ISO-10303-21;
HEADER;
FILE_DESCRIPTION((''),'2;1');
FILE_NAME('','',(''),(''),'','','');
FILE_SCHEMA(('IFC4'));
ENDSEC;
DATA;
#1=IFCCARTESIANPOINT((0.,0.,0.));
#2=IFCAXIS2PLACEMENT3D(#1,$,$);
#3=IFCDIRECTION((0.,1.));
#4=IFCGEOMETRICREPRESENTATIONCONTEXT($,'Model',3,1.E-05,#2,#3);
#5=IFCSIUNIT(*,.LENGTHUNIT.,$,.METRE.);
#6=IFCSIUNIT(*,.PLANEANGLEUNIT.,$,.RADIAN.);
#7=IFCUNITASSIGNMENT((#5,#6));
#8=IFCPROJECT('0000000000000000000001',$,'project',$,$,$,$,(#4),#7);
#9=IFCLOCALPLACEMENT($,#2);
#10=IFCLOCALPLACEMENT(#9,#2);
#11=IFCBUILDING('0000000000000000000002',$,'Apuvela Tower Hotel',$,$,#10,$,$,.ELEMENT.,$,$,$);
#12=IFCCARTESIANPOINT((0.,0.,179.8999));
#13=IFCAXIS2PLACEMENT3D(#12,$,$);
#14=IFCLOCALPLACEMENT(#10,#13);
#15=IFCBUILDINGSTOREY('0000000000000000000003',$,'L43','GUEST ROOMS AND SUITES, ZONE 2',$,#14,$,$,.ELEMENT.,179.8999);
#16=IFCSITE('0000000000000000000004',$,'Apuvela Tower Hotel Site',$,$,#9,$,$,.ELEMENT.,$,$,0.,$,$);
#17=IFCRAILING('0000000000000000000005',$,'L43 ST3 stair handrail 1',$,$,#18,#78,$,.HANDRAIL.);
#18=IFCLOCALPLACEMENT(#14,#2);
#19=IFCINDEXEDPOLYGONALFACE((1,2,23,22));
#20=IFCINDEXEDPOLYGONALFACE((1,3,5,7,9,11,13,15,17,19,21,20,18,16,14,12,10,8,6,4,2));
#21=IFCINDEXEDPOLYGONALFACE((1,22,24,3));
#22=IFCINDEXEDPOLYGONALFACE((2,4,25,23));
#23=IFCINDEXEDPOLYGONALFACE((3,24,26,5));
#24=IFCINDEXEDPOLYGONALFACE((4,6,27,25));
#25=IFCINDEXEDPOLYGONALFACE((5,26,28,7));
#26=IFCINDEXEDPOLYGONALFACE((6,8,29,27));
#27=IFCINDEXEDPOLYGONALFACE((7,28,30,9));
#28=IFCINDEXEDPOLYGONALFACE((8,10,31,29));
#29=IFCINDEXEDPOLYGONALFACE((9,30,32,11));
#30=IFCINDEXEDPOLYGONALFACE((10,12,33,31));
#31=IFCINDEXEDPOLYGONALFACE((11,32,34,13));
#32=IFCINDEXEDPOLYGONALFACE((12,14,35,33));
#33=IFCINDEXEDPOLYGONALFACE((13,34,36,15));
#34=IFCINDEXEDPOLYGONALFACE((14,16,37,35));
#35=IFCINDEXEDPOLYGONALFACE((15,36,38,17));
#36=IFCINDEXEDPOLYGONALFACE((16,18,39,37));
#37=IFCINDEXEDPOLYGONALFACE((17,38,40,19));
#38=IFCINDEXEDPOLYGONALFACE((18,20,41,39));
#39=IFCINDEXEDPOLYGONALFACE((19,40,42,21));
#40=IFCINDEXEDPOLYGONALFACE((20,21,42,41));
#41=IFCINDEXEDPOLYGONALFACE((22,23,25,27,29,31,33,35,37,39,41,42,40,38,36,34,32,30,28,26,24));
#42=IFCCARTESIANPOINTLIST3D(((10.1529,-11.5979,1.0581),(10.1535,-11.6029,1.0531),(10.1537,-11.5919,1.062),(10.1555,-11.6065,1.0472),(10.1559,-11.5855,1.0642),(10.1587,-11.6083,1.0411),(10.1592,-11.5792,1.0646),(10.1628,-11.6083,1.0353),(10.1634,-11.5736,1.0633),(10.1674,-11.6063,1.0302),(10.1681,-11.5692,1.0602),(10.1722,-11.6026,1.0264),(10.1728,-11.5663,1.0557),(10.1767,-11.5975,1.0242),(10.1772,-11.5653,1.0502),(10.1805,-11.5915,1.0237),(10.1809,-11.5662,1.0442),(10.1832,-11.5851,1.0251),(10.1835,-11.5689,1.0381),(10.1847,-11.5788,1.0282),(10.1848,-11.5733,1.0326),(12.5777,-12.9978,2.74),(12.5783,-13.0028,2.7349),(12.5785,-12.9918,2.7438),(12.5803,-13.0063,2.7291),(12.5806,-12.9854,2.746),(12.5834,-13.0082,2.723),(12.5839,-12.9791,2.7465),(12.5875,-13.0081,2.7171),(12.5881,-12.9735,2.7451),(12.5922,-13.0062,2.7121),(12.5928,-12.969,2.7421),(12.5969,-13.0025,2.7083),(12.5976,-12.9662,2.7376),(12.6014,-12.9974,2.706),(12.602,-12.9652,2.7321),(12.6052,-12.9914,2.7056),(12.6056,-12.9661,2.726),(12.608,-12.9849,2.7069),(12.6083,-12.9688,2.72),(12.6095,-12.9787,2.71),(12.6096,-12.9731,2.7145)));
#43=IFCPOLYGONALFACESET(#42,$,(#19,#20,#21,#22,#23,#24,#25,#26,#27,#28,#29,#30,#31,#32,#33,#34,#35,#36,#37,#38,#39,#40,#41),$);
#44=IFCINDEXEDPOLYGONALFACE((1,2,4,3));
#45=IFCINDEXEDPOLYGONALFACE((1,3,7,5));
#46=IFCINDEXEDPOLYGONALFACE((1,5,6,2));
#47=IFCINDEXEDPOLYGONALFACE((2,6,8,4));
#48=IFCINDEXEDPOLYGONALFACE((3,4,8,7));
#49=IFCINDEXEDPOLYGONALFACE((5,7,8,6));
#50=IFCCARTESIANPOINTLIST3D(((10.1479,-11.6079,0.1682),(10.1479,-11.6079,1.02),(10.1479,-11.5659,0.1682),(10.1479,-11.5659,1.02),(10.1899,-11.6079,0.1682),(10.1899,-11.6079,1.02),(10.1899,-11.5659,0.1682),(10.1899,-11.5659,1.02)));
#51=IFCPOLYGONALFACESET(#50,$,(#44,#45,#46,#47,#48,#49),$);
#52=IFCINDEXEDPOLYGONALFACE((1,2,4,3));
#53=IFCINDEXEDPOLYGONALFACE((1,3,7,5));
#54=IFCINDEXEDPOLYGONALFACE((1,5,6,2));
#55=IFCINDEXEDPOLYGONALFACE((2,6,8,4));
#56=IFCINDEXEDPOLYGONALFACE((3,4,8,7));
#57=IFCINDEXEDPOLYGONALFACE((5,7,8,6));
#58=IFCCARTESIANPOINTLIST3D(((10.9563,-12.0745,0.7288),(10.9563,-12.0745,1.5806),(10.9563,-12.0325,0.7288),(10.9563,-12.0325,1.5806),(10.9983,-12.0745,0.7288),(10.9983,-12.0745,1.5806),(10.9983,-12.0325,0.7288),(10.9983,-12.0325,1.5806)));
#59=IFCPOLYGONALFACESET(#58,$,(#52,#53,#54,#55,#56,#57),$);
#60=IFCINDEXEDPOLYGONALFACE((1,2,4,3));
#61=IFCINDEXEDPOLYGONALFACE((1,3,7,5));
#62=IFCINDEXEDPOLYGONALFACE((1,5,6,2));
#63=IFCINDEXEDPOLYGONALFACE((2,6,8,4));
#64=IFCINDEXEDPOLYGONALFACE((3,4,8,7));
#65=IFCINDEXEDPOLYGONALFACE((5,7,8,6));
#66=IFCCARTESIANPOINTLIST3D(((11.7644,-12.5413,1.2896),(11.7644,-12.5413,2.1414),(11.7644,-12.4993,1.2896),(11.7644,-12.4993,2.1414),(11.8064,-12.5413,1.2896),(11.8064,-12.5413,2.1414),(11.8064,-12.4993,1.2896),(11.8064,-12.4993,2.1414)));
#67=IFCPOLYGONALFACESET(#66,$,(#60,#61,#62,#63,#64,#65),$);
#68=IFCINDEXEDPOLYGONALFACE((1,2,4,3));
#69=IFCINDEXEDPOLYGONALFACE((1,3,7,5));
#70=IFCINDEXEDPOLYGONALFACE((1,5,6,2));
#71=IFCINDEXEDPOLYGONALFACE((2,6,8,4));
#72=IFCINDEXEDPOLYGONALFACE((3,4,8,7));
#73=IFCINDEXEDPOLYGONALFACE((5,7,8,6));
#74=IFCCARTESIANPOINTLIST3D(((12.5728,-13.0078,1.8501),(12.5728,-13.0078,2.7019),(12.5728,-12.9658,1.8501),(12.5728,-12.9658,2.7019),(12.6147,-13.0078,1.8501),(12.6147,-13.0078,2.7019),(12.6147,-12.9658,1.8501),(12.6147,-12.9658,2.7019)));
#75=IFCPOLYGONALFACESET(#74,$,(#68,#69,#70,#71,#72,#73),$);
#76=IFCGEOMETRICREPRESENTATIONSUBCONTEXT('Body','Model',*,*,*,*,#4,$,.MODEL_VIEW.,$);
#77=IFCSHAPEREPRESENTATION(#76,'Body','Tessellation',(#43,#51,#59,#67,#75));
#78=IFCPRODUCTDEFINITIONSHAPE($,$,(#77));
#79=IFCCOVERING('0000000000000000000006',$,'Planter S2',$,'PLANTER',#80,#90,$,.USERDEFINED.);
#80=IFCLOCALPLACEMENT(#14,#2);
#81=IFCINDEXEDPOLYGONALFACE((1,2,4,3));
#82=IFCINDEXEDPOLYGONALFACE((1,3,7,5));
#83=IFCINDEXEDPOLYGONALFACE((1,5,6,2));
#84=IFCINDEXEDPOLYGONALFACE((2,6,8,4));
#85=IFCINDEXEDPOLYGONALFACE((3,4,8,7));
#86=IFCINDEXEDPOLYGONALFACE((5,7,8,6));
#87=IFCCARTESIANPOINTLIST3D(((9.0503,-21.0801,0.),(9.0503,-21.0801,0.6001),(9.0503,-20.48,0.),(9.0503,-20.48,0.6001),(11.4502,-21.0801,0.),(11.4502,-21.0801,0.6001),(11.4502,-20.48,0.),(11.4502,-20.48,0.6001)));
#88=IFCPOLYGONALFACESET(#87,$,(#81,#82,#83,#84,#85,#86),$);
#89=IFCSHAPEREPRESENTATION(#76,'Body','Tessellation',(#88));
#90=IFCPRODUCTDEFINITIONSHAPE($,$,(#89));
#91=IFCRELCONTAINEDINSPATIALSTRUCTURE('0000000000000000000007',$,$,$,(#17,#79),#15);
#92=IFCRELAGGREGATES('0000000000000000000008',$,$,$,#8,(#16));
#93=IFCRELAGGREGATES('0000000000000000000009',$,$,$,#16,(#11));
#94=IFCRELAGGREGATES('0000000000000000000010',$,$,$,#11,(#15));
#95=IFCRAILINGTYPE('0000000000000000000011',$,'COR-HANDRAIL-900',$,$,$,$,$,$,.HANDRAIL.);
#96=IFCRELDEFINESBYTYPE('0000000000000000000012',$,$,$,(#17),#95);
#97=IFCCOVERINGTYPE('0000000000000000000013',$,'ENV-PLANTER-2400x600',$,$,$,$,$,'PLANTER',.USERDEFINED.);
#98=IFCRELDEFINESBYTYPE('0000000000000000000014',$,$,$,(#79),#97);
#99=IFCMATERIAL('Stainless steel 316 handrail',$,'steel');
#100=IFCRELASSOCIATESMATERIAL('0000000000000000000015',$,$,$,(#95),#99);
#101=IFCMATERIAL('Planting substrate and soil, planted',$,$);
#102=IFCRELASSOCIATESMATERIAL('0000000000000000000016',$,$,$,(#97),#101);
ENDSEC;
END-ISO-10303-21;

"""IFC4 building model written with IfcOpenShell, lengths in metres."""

from ifc_helpers import new_model, si_unit, direction, frame, origin, origin_2d, place, context, subcontext, project, spatial, rectangle, circle, extrude, material, type_object, element, save


model = new_model("IFC4")

# Units and contexts
model_context = context("Model", 3, precision=1e-05, world=origin(), true_north=direction((0.0, 1.0)))
body_context = subcontext(model_context, "Body", "Model", "MODEL_VIEW")
ifc_project = project(units=[si_unit("LENGTHUNIT", "METRE"), si_unit("PLANEANGLEUNIT", "RADIAN")], contexts=[model_context])

# Site, building, storey
site_placement = place(None, origin())
site = spatial("IfcSite", under=ifc_project, at=site_placement, Name="Apuvela Tower Hotel Site", CompositionType="ELEMENT", RefElevation=0.0)
building_placement = place(site_placement, origin())
building = spatial("IfcBuilding", under=site, at=building_placement, Name="Apuvela Tower Hotel", CompositionType="ELEMENT")
storey_placement = place(building_placement, frame((0.0, 0.0, 179.8999)))
storey = spatial("IfcBuildingStorey", under=building, at=storey_placement, Name="L43", Description="GUEST ROOMS AND SUITES, ZONE 2", CompositionType="ELEMENT", Elevation=179.8999)

# Railing
ifc_material_1 = material(Name="Stainless steel 316 handrail", Category="steel")
railing_type_1 = type_object("IfcRailingType", Name="COR-HANDRAIL-900", PredefinedType="HANDRAIL", material=ifc_material_1)
railing_1_placement = place(storey_placement, frame((10.1689, -11.5869, 0.1682)))
element("IfcRailing", 1, at=railing_1_placement, inside=storey, type_object=railing_type_1, Name="L43 ST3 stair handrail 1", PredefinedType="HANDRAIL", context=body_context, shape_type="SweptSolid", body=[
    extrude(circle(Radius=0.0239, at=origin_2d()), frame((0.0, 0.0, 0.876), z_axis=(0.74239, -0.428601, 0.514934), x_axis=(0.499984, 0.866035, 0.0)), (0.0, 0.0, 1.0), 3.2661),
    extrude(rectangle(XDim=0.042, YDim=0.042, at=origin_2d()), origin(), (0.0, 0.0, 1.0), 0.8518),
    extrude(rectangle(XDim=0.042, YDim=0.042, at=origin_2d()), frame((0.8083, -0.4666, 0.5605)), (0.0, 0.0, 1.0), 0.8518),
    extrude(rectangle(XDim=0.042, YDim=0.042, at=origin_2d()), frame((1.6165, -0.9333, 1.1213)), (0.0, 0.0, 1.0), 0.8518),
    extrude(rectangle(XDim=0.042, YDim=0.042, at=origin_2d()), frame((2.4248, -1.3999, 1.6819)), (0.0, 0.0, 1.0), 0.8518),
])

# Covering
ifc_material_2 = material(Name="Planting substrate and soil, planted")
covering_type = type_object("IfcCoveringType", Name="ENV-PLANTER-2400x600", ElementType="PLANTER", PredefinedType="USERDEFINED", material=ifc_material_2)
covering_placement = place(storey_placement, frame((10.2502, -20.78, 0.0), z_axis=(0.0, 0.0, 1.0), x_axis=(1.0, 0.0, 0.0)))
element("IfcCovering", 2, at=covering_placement, inside=storey, type_object=covering_type, Name="Planter S2", ObjectType="PLANTER", PredefinedType="USERDEFINED", context=body_context, shape_type="SweptSolid", body=[
    extrude(rectangle(XDim=2.3999, YDim=0.6001, at=origin_2d()), origin(), (0.0, 0.0, 1.0), 0.6001),
])

save(model, "model.ifc")
